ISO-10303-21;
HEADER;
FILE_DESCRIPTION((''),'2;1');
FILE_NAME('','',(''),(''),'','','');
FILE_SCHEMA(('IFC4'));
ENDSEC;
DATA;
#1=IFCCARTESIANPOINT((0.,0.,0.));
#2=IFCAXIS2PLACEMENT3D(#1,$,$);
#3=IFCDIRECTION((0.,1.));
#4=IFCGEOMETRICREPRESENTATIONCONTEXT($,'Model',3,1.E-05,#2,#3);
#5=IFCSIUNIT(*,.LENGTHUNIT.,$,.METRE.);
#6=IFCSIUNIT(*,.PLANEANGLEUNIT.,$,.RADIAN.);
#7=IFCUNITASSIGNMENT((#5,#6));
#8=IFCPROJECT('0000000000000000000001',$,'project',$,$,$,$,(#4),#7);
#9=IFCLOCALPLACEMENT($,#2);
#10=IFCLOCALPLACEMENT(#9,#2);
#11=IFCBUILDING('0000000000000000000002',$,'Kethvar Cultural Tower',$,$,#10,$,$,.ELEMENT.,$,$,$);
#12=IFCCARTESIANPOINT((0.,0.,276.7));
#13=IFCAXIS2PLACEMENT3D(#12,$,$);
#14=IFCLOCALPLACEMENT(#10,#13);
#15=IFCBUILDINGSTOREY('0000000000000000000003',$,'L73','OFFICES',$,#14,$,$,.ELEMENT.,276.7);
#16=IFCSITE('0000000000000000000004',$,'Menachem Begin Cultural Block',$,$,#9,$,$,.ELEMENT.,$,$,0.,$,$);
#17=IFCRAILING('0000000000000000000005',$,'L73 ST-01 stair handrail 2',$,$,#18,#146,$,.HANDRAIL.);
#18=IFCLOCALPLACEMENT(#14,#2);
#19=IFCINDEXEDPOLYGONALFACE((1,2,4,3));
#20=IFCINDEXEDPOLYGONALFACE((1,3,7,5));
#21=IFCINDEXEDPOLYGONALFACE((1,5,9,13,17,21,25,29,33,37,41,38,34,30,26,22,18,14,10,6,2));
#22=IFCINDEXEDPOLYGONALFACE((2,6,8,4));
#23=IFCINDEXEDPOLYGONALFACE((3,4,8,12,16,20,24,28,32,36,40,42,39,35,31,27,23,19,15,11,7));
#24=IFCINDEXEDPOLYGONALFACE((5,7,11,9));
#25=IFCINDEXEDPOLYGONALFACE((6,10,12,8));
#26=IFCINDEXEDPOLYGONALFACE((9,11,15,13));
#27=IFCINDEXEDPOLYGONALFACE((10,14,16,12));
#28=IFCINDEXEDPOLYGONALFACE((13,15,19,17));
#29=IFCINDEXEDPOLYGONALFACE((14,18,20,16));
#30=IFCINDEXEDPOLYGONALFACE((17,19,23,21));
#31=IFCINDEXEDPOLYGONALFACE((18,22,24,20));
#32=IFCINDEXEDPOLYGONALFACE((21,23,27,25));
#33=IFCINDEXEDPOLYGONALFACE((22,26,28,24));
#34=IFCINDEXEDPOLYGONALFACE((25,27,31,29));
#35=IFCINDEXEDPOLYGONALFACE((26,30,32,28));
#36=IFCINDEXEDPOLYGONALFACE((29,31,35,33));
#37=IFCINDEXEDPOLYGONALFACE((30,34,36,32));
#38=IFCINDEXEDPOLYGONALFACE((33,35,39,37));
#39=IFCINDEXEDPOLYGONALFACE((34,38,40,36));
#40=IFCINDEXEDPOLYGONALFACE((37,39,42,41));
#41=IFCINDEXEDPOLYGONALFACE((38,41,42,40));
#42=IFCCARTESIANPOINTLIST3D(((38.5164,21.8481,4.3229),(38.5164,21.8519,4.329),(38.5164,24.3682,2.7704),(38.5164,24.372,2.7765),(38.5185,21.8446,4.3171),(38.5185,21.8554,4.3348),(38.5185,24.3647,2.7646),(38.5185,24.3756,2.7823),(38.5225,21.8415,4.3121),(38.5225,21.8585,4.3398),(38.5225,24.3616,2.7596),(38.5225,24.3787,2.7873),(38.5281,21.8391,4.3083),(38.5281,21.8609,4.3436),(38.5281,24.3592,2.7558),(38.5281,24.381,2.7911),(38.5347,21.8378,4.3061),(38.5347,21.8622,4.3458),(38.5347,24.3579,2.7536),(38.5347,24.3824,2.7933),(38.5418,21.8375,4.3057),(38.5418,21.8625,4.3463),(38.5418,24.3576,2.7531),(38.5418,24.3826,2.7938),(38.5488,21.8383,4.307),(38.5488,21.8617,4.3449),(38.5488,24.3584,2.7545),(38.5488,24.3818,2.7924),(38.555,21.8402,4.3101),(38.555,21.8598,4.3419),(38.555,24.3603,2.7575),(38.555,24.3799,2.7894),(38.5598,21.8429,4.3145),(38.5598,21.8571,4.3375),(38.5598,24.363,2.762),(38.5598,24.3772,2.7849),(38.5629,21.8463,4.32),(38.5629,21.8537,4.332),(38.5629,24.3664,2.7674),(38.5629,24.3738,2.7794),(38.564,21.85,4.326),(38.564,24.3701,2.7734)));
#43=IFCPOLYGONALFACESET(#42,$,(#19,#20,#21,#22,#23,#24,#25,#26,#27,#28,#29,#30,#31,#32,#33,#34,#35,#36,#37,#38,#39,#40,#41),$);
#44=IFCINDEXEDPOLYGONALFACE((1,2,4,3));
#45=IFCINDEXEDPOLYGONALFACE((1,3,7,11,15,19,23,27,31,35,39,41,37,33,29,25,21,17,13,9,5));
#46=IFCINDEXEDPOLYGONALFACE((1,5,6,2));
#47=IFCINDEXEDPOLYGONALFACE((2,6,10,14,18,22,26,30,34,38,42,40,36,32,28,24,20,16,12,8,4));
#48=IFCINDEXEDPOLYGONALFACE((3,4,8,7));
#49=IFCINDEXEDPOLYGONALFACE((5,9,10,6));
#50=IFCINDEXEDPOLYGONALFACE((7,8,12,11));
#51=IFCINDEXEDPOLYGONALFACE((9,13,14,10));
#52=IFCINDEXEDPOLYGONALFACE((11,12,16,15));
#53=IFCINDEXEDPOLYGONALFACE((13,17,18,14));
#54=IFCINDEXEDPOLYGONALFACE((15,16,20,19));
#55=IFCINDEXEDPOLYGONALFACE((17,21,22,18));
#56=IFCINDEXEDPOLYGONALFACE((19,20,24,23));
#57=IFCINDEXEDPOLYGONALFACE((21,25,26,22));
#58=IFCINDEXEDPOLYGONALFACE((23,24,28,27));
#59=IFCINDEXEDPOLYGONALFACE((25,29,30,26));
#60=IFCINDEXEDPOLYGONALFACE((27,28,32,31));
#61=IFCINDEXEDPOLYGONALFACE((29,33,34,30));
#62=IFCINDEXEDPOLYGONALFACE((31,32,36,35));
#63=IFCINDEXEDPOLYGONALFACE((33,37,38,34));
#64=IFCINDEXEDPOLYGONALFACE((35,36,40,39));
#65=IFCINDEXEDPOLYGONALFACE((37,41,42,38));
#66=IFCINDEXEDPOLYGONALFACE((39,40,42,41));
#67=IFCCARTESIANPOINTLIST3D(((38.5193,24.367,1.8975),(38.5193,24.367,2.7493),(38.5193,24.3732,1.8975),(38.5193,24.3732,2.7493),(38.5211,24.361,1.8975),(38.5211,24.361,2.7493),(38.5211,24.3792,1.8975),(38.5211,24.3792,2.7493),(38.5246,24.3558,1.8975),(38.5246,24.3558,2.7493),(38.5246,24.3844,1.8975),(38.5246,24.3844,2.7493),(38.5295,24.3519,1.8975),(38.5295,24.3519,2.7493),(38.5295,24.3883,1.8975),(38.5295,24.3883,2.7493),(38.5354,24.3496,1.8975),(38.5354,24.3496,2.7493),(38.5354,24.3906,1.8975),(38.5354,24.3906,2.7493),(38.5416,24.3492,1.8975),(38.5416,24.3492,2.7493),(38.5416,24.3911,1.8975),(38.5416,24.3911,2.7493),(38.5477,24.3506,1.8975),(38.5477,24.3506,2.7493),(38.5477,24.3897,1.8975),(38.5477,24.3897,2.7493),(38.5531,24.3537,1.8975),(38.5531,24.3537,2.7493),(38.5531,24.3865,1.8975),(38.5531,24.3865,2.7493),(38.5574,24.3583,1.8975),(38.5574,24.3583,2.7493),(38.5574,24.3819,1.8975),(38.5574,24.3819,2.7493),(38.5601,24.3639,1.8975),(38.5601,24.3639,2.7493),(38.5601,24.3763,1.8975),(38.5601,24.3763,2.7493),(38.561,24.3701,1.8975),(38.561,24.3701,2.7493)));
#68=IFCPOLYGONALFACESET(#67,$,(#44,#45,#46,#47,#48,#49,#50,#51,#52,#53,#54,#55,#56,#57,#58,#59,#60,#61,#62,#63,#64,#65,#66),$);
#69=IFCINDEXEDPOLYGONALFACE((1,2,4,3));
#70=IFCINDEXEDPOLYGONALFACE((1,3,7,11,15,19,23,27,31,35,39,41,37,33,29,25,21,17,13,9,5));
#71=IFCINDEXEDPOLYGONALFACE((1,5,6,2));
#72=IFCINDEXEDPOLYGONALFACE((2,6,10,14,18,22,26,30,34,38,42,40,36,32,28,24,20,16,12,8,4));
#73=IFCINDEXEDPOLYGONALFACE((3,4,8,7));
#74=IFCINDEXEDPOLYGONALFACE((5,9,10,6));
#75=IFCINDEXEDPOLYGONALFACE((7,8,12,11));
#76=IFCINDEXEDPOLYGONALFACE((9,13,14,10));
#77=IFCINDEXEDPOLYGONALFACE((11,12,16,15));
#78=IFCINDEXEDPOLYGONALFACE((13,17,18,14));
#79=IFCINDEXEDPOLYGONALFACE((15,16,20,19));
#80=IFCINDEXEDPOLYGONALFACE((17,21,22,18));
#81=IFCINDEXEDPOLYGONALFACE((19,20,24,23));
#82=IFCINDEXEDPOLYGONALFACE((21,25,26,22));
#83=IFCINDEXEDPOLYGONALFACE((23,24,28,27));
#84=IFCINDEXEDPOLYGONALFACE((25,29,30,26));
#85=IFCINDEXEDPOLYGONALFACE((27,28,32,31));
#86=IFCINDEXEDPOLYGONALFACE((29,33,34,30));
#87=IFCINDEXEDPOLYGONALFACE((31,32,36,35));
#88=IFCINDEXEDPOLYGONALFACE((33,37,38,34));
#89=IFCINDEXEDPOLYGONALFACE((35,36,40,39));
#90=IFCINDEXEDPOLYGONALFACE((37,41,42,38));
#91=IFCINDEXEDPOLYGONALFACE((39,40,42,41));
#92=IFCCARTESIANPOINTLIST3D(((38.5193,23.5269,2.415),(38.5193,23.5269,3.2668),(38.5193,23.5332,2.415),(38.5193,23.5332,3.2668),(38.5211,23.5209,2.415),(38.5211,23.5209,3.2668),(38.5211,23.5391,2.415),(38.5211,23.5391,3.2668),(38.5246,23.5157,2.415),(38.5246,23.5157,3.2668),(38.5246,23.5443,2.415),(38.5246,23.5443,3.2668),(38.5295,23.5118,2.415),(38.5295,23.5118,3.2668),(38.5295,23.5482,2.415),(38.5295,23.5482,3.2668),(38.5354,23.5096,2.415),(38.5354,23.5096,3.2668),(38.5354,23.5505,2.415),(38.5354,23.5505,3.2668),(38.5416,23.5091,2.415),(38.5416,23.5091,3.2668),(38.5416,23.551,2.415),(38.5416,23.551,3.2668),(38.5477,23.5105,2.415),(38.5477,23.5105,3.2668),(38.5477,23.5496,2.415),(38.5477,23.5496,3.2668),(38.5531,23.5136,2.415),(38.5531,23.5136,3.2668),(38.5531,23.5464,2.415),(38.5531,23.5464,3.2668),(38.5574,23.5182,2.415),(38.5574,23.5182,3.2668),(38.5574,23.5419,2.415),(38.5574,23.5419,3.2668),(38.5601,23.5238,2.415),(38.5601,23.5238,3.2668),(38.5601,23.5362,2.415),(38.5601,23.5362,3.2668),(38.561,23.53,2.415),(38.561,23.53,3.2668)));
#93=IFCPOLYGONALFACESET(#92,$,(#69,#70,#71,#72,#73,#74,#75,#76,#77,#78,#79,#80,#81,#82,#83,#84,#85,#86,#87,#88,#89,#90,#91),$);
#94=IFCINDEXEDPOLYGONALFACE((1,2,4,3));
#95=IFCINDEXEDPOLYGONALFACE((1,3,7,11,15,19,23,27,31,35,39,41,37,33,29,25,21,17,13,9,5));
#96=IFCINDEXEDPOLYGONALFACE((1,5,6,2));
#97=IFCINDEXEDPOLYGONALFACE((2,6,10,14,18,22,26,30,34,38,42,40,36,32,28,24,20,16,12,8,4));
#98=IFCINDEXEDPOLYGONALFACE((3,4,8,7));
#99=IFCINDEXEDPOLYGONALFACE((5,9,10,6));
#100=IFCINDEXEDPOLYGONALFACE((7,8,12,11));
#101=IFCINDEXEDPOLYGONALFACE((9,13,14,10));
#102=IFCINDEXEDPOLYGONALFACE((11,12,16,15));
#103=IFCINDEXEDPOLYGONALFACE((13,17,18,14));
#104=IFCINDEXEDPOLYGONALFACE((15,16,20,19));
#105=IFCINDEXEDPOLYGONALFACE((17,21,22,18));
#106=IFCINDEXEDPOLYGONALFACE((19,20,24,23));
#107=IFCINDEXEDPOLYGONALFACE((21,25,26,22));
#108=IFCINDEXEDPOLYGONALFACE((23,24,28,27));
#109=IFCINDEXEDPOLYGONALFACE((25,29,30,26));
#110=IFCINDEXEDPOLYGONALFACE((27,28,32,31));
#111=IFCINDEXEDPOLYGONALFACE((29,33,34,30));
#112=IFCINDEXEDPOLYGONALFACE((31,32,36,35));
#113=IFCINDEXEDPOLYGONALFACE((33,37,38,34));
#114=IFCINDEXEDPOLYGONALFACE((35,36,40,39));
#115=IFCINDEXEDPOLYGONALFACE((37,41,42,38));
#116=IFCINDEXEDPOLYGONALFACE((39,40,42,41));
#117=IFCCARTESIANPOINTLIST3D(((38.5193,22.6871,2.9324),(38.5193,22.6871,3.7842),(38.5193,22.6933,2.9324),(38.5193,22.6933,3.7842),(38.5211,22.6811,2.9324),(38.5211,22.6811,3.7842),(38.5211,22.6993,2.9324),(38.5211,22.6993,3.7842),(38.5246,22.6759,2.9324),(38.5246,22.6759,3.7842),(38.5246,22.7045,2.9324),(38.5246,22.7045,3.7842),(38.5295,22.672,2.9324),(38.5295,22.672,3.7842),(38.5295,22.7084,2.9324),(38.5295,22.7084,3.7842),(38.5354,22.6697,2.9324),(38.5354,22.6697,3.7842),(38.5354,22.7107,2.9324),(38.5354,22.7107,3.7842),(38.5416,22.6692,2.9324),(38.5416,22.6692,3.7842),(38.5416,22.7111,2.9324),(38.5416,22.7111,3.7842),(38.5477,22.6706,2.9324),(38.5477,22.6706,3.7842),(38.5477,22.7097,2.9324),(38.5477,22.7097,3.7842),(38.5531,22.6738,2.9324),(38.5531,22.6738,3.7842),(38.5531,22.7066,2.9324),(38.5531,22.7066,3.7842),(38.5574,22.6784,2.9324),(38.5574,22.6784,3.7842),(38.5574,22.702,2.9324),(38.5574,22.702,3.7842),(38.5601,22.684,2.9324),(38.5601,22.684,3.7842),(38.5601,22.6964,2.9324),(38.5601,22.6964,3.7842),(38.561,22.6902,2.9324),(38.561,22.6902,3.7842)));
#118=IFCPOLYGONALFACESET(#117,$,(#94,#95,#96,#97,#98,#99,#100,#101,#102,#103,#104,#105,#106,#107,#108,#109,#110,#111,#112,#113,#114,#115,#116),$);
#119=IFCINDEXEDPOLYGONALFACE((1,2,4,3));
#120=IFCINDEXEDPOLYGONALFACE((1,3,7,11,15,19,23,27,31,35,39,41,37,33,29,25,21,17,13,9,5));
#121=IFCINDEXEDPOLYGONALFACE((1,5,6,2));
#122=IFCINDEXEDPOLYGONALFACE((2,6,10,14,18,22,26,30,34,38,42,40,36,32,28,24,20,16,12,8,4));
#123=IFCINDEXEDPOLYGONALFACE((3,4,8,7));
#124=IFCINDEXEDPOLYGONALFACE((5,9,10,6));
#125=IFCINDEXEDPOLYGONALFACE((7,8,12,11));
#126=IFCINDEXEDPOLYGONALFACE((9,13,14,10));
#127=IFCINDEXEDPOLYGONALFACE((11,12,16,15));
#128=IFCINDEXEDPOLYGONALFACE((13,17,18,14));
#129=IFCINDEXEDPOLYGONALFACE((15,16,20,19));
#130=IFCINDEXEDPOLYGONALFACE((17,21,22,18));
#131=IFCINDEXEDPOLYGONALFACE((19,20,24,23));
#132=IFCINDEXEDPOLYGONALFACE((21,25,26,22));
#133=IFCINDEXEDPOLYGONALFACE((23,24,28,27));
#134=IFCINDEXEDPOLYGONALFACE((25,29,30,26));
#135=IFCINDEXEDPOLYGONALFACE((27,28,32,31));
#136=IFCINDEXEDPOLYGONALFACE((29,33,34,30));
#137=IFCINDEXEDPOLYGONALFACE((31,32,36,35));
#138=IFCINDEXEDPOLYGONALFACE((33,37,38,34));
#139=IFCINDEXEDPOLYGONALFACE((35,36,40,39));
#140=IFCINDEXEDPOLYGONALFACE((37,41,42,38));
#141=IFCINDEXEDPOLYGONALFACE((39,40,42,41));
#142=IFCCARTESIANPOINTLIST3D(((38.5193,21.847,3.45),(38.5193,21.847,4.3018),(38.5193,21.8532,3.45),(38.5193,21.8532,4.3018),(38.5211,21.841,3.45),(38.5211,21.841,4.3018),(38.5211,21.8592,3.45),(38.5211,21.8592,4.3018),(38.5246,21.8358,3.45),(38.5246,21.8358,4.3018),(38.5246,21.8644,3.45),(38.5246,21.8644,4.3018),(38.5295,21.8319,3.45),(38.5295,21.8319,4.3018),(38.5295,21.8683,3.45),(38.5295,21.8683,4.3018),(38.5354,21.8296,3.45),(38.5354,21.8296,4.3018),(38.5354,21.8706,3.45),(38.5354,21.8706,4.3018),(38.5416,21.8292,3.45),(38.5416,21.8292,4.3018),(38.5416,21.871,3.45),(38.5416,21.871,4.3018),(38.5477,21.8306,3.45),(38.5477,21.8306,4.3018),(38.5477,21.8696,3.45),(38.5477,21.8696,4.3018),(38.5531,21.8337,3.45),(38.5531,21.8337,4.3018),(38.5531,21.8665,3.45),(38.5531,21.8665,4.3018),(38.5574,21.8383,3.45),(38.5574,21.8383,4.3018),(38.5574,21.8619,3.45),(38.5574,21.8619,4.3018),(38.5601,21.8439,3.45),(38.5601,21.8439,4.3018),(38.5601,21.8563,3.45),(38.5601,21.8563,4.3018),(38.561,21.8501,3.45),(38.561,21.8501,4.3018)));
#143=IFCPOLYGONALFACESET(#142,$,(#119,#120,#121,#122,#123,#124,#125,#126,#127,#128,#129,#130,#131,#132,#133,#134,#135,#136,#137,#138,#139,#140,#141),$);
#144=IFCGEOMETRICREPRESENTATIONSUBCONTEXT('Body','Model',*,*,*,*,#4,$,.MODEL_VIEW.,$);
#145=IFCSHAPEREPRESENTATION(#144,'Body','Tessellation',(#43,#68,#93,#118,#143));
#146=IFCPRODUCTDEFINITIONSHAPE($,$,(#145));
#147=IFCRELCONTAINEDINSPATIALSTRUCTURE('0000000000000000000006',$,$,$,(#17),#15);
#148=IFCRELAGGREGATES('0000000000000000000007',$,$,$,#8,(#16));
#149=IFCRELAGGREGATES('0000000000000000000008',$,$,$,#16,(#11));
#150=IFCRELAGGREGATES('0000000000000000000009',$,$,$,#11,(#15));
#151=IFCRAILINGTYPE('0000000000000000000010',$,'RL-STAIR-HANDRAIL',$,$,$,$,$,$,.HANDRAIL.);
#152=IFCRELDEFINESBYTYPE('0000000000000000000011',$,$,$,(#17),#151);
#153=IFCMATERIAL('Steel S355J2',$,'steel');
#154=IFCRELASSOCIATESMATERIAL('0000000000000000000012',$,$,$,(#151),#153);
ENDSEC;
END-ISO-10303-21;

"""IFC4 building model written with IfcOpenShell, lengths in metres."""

from ifc_helpers import new_model, si_unit, direction, frame, origin, origin_2d, place, context, subcontext, project, spatial, circle, extrude, material, type_object, element, save


model = new_model("IFC4")

# Units and contexts
model_context = context("Model", 3, precision=1e-05, world=origin(), true_north=direction((0.0, 1.0)))
body_context = subcontext(model_context, "Body", "Model", "MODEL_VIEW")
ifc_project = project(units=[si_unit("LENGTHUNIT", "METRE"), si_unit("PLANEANGLEUNIT", "RADIAN")], contexts=[model_context])

# Site, building, storey
site_placement = place(None, origin())
site = spatial("IfcSite", under=ifc_project, at=site_placement, Name="Menachem Begin Cultural Block", CompositionType="ELEMENT", RefElevation=0.0)
building_placement = place(site_placement, origin())
building = spatial("IfcBuilding", under=site, at=building_placement, Name="Kethvar Cultural Tower", CompositionType="ELEMENT")
storey_placement = place(building_placement, frame((0.0, 0.0, 276.7)))
storey = spatial("IfcBuildingStorey", under=building, at=storey_placement, Name="L73", Description="OFFICES", CompositionType="ELEMENT", Elevation=276.7)

# Shared definitions
ifc_material_1 = material(Name="Steel S355J2", Category="steel")

# Railing
railing_type_1 = type_object("IfcRailingType", Name="RL-STAIR-HANDRAIL", PredefinedType="HANDRAIL", material=ifc_material_1)
railing_1_placement = place(storey_placement, frame((38.54, 24.3701, 1.8975)))
element("IfcRailing", 1, at=railing_1_placement, inside=storey, type_object=railing_type_1, Name="L73 ST-01 stair handrail 2", PredefinedType="HANDRAIL", context=body_context, shape_type="SweptSolid", body=[
    extrude(circle(Radius=0.0239, at=origin_2d()), frame((0.0, 0.0, 0.876), z_axis=(0.0, -0.8514, 0.524516), x_axis=(1.0, 0.0, 0.0)), (0.0, 0.0, 1.0), 2.96),
    extrude(circle(Radius=0.021, at=origin_2d()), origin(), (0.0, 0.0, 1.0), 0.8518),
    extrude(circle(Radius=0.021, at=origin_2d()), frame((0.0, -0.8401, 0.5176)), (0.0, 0.0, 1.0), 0.8518),
    extrude(circle(Radius=0.021, at=origin_2d()), frame((0.0, -1.6799, 1.0349)), (0.0, 0.0, 1.0), 0.8518),
    extrude(circle(Radius=0.021, at=origin_2d()), frame((0.0, -2.52, 1.5525)), (0.0, 0.0, 1.0), 0.8518),
])

save(model, "model.ifc")
